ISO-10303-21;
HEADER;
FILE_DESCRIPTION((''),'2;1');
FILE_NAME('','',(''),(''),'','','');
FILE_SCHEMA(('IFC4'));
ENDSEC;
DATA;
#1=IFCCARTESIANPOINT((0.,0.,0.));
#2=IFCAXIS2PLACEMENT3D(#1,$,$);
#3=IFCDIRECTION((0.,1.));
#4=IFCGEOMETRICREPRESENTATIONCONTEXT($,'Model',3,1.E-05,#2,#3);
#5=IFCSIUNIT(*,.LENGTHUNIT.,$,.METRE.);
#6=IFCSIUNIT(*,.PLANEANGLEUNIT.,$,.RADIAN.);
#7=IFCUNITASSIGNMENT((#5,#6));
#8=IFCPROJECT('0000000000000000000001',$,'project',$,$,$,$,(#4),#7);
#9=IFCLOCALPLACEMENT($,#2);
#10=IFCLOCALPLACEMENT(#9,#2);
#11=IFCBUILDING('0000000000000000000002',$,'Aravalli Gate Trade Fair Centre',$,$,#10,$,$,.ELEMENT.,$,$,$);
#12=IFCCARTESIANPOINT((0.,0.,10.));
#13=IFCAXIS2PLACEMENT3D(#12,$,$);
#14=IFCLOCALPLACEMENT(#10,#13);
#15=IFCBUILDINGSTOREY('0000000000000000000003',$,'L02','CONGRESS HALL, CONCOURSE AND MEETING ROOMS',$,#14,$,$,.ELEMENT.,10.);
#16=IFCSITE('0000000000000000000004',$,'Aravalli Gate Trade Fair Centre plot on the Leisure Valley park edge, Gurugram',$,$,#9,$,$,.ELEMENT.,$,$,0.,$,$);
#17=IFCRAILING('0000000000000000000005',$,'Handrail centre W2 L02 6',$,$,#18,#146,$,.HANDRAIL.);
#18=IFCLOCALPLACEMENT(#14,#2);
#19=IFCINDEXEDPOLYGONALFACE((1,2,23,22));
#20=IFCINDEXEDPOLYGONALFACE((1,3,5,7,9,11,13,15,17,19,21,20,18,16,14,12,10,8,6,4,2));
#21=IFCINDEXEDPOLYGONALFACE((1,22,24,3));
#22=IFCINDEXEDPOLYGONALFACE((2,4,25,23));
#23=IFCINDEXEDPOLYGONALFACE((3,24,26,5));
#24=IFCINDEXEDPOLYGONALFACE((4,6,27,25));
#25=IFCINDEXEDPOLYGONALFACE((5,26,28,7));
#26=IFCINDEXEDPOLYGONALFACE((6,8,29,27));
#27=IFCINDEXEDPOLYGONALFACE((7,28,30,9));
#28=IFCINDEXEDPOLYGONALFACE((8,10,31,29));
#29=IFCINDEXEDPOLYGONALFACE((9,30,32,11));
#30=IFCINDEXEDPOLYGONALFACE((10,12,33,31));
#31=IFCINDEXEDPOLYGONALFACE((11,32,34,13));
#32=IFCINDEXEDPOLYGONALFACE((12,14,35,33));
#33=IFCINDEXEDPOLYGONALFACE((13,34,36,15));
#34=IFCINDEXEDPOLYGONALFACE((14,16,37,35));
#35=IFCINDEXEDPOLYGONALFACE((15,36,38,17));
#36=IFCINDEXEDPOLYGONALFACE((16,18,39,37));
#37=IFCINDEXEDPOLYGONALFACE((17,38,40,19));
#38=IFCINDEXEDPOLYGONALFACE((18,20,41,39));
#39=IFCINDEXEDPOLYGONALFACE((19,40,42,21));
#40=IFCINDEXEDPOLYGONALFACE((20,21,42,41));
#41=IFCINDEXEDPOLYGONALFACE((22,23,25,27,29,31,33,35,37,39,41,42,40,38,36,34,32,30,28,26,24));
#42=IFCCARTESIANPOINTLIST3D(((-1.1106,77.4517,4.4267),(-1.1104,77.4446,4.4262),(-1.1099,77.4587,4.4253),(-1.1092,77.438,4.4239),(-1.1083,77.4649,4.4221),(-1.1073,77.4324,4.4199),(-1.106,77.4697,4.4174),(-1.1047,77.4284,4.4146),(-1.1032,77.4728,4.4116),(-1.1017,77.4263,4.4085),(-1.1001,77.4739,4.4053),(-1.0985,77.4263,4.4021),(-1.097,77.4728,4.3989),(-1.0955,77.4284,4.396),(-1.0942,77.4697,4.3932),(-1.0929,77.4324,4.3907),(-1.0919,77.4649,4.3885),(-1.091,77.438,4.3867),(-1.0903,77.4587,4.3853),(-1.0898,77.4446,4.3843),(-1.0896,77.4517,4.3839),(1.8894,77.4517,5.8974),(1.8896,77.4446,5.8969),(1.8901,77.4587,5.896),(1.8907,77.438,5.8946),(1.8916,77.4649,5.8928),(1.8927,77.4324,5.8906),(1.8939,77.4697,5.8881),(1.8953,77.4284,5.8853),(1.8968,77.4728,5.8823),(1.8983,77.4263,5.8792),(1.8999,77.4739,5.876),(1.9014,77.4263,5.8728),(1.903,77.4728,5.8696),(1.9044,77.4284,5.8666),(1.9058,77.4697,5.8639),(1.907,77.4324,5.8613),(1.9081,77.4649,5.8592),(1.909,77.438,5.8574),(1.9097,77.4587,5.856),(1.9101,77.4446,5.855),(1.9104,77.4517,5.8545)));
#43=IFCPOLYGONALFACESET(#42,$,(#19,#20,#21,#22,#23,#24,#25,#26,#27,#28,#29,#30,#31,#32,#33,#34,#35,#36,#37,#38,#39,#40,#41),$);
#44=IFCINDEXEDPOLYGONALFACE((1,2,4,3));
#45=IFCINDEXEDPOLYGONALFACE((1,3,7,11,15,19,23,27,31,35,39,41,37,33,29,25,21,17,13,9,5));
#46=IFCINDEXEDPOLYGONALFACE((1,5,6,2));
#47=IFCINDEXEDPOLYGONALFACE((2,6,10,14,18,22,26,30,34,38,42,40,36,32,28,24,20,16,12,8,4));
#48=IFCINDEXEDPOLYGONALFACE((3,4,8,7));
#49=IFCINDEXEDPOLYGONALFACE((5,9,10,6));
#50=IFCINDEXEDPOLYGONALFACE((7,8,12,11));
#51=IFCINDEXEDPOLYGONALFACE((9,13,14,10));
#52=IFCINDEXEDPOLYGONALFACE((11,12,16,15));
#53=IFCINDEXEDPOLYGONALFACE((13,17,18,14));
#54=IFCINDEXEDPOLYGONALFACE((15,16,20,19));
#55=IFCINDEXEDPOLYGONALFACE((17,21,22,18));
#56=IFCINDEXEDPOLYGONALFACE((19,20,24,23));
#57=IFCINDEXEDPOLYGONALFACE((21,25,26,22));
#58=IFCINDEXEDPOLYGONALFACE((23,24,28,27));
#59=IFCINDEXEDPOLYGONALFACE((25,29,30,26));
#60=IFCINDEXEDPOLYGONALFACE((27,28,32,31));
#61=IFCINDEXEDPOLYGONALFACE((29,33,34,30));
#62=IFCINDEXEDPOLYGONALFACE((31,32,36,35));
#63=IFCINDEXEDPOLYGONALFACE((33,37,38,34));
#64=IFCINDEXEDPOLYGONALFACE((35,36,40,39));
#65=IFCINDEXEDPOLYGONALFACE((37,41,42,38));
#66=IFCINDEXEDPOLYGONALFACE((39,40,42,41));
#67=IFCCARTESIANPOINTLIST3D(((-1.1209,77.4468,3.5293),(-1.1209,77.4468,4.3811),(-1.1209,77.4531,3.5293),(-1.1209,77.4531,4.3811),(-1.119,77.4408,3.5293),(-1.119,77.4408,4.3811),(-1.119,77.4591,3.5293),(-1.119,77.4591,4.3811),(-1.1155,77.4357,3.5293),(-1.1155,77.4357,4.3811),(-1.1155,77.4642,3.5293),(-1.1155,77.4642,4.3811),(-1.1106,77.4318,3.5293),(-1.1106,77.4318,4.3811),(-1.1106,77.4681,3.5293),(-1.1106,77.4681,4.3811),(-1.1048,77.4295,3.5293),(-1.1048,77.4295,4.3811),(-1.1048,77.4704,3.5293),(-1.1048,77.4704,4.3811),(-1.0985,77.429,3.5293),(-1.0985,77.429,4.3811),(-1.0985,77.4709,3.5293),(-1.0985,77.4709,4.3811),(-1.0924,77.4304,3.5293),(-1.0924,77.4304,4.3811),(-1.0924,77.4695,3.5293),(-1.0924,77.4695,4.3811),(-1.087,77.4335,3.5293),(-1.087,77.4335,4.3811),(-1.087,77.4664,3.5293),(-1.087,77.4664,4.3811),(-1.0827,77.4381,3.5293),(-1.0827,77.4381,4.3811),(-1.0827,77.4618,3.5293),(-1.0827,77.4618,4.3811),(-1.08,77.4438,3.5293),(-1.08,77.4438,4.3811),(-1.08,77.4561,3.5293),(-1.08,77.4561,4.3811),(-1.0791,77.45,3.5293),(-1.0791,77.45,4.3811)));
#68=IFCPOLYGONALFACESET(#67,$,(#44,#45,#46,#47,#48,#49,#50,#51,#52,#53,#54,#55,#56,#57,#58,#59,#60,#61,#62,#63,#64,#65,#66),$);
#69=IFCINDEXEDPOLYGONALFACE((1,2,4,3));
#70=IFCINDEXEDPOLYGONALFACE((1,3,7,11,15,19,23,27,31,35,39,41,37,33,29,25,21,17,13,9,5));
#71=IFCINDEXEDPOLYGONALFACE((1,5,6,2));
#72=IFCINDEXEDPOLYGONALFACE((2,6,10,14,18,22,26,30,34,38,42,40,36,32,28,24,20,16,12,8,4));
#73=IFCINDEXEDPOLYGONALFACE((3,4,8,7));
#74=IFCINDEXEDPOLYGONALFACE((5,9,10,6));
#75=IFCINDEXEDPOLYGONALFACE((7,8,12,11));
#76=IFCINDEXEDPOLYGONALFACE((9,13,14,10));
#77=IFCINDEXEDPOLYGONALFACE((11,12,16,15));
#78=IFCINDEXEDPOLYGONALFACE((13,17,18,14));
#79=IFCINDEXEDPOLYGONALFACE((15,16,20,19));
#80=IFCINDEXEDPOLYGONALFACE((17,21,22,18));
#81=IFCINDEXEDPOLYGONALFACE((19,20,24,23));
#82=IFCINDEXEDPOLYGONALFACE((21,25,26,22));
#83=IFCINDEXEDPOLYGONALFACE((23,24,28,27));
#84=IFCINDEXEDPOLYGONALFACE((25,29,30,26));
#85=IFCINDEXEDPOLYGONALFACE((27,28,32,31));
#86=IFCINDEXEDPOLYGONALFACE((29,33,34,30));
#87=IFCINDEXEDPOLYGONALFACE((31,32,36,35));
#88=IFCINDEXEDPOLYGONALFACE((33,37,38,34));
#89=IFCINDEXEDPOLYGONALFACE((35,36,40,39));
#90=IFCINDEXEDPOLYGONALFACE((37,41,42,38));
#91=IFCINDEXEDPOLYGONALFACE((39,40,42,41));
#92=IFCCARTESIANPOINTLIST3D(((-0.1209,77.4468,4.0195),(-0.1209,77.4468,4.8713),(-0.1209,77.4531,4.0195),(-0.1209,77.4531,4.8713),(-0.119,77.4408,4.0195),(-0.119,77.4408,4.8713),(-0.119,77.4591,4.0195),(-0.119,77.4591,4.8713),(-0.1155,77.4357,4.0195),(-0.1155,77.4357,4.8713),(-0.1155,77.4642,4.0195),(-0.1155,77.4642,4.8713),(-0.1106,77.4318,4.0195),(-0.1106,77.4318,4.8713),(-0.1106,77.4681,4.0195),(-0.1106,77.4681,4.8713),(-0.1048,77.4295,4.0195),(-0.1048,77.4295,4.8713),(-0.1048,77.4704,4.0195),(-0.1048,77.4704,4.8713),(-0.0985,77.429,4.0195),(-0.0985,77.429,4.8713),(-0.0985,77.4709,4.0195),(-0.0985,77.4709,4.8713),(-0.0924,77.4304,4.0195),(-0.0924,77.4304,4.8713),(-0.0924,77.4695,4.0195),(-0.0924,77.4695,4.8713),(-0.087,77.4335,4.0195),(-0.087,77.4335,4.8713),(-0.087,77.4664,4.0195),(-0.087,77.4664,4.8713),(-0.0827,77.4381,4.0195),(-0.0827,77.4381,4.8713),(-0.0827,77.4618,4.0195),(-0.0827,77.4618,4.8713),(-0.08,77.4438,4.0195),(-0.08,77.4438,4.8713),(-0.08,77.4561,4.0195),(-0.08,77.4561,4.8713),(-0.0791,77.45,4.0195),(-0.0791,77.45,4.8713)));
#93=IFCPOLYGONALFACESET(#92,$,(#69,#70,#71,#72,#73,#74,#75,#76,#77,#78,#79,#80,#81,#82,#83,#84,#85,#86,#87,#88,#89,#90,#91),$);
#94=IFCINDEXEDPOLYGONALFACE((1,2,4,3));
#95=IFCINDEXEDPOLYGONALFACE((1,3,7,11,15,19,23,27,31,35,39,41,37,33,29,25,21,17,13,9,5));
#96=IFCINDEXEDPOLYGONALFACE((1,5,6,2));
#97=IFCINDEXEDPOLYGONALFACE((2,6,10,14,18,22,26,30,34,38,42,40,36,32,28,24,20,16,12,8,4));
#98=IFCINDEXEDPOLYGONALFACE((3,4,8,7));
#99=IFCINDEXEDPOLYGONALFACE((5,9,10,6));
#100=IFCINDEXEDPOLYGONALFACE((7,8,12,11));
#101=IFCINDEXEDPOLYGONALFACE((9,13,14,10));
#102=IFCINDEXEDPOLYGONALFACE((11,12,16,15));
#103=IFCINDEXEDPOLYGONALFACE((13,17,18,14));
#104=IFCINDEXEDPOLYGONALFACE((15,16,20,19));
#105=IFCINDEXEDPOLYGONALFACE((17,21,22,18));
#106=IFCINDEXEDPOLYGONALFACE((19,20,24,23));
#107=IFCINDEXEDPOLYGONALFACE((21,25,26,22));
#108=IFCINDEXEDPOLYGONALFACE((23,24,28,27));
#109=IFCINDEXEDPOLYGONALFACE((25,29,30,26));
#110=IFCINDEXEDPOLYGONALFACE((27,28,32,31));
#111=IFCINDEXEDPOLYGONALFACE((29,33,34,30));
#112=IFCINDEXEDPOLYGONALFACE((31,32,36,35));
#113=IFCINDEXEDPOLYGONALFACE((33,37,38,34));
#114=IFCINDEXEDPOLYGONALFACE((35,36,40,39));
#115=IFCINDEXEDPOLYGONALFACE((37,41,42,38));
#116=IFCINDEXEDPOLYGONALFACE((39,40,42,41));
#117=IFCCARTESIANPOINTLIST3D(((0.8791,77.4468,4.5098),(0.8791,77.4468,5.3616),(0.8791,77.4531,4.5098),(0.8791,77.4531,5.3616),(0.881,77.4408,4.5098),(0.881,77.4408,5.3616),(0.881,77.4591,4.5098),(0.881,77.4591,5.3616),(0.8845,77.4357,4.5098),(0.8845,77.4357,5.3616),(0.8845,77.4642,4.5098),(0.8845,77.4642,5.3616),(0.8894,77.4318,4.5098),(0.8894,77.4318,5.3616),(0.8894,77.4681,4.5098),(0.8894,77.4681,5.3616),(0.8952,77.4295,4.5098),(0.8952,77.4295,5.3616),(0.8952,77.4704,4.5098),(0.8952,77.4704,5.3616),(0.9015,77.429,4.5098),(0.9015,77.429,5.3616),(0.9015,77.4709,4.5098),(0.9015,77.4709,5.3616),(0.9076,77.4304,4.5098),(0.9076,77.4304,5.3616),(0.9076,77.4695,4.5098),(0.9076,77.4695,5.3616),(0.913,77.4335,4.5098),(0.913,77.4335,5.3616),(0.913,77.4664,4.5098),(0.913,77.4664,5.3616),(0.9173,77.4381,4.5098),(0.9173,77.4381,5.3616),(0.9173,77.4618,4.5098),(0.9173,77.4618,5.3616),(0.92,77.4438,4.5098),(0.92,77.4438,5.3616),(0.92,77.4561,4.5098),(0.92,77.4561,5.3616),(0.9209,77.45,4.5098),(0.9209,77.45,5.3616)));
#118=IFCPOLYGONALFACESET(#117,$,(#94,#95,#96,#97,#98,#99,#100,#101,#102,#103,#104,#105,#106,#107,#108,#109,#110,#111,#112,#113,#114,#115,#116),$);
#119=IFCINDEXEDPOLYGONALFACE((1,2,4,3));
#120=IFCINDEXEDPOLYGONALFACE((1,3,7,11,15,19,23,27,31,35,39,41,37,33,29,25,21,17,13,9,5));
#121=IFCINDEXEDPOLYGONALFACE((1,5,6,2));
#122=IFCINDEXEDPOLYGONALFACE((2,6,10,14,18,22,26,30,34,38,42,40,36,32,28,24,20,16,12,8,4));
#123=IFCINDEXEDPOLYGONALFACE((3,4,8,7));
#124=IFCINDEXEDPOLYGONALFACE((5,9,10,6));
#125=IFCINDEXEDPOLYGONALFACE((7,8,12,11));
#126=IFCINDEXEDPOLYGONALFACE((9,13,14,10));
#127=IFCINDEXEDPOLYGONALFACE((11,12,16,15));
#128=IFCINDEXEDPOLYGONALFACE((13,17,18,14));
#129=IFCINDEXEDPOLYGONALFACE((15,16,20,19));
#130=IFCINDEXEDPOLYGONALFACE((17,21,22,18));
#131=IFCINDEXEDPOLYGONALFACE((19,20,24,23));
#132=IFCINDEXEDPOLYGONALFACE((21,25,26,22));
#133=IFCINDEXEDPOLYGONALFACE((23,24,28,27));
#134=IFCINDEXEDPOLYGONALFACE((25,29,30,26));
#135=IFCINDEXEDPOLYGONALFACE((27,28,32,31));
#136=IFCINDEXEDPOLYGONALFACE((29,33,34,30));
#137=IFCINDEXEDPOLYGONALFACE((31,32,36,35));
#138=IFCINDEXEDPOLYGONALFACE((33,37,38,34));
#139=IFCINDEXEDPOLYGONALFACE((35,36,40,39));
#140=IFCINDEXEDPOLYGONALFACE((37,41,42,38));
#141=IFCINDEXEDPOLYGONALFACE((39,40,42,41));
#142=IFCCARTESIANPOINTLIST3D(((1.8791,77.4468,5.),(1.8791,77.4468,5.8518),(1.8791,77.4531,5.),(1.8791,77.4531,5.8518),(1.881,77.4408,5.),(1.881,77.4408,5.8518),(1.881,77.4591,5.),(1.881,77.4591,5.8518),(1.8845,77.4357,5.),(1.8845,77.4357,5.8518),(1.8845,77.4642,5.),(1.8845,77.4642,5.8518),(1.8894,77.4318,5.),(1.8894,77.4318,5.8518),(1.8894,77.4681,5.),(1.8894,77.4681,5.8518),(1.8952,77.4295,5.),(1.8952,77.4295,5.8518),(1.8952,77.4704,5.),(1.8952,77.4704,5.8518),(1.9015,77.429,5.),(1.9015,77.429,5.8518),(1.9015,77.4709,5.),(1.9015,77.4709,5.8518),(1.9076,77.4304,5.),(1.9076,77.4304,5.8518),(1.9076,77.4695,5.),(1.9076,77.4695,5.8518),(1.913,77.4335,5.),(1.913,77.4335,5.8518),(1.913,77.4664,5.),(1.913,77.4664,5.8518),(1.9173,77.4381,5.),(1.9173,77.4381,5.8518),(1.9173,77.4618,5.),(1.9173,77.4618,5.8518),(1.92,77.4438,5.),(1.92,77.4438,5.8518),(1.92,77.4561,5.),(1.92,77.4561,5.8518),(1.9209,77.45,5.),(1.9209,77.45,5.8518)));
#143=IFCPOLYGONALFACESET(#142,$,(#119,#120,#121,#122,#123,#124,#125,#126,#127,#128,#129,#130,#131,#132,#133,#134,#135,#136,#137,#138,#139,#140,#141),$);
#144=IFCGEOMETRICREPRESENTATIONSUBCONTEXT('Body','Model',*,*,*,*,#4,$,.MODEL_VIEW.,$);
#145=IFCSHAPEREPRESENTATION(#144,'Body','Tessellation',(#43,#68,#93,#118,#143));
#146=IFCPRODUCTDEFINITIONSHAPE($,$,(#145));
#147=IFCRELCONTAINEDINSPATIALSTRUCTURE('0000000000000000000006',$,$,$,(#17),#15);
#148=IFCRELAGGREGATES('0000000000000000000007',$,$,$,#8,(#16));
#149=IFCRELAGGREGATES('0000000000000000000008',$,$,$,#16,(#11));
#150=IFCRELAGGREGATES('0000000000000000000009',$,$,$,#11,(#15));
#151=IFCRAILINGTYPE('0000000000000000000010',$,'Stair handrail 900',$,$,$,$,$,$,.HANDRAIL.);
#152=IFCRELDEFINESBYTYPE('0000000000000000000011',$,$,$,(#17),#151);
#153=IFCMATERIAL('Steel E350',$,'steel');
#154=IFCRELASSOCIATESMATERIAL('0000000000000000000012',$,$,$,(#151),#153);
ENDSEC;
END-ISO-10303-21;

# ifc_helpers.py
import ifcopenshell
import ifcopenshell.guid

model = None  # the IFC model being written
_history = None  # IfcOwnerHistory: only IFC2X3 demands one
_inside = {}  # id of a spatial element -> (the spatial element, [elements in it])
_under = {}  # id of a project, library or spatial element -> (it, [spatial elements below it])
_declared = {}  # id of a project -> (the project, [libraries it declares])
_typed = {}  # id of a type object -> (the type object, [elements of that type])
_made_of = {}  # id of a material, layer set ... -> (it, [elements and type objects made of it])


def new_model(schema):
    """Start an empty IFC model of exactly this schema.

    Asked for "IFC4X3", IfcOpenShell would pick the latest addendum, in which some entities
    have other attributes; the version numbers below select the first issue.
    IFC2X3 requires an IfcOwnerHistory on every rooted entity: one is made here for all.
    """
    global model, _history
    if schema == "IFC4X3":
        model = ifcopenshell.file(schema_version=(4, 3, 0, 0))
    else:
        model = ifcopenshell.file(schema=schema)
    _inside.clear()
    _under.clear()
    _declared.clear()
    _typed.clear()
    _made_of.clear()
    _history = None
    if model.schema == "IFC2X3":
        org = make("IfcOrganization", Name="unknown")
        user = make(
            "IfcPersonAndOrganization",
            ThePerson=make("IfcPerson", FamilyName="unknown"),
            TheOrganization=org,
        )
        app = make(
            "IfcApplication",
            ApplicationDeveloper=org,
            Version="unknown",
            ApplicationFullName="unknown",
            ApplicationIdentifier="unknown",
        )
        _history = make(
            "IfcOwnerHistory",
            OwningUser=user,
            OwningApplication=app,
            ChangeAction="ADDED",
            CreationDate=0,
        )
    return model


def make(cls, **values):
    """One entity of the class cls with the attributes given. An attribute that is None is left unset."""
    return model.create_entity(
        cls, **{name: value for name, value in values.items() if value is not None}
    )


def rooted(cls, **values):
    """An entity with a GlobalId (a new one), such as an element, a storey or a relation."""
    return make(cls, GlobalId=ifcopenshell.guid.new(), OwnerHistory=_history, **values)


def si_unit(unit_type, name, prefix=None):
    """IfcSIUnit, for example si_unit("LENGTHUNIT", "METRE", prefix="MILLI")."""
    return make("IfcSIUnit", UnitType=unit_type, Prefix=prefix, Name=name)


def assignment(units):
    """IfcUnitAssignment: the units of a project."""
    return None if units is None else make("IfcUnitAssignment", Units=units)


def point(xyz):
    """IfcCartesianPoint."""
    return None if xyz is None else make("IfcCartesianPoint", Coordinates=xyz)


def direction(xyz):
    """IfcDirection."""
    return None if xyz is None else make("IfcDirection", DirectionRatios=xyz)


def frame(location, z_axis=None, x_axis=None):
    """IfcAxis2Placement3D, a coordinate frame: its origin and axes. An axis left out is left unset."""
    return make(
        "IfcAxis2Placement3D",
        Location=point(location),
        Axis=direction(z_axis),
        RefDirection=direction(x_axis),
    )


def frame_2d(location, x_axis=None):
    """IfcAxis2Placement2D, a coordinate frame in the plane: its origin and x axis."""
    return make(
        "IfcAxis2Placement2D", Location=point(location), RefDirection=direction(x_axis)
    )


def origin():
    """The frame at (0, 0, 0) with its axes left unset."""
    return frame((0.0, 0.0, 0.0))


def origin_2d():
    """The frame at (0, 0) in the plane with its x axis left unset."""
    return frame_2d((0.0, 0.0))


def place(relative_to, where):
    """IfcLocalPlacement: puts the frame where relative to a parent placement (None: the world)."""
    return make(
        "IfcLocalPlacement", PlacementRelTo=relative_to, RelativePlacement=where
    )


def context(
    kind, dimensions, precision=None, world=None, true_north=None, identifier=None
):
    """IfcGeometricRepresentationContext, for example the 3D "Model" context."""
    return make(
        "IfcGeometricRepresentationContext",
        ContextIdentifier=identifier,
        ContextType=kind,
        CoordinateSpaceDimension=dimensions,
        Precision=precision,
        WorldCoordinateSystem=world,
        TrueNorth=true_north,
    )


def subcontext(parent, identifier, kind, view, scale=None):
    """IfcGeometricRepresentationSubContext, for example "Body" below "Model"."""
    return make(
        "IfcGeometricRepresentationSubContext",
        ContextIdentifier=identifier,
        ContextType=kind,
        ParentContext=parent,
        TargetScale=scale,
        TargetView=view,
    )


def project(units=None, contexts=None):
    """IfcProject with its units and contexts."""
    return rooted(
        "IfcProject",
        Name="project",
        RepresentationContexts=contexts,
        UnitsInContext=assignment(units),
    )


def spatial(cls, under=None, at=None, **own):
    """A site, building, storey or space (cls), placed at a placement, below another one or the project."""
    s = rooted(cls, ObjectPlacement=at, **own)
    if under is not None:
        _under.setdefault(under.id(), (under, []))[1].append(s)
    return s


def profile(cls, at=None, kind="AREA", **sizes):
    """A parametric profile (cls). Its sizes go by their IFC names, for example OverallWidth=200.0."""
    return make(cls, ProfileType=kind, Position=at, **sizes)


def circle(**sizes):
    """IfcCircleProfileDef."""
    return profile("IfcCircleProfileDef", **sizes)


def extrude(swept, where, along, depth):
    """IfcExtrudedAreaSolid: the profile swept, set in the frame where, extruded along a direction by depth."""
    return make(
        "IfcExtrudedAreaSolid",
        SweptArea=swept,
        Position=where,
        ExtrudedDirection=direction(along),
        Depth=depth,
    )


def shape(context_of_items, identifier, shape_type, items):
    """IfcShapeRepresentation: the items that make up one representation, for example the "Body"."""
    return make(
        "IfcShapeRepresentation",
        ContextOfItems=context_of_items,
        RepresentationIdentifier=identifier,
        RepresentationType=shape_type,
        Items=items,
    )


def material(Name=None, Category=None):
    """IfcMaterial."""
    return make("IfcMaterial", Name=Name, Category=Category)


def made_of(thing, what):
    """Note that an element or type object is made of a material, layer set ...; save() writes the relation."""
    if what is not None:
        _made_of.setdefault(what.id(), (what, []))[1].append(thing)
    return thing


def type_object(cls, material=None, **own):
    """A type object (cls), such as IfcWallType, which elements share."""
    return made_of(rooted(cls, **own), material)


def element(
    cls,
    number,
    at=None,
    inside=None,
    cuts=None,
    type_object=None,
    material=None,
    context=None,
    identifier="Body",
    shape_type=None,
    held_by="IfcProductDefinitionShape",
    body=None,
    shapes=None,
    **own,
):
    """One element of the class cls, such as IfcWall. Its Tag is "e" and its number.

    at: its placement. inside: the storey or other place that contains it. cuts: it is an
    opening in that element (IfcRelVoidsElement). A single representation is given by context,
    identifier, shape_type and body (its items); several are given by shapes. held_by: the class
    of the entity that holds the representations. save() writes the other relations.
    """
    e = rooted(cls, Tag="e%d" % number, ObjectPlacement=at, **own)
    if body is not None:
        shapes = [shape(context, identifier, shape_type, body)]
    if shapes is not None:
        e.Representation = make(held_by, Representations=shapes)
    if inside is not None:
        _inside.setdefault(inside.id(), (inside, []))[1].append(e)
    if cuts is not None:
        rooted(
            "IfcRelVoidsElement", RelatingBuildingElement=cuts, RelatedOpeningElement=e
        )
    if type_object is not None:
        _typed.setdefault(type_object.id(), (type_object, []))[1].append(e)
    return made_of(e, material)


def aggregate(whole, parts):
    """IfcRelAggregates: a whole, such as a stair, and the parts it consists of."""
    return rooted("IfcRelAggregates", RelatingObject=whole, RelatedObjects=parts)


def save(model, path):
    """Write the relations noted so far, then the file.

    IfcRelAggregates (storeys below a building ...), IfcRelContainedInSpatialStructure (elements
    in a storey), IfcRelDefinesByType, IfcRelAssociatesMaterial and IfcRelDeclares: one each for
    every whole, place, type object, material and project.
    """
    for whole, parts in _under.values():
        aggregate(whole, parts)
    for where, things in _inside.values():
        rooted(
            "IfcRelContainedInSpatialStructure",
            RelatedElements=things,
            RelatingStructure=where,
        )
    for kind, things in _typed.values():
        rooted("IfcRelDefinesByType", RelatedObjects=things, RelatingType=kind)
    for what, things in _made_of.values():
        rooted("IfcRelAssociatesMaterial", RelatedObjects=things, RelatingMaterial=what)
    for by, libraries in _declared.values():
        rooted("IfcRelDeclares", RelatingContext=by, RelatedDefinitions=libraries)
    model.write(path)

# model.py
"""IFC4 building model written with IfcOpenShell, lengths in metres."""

from ifc_helpers import new_model, si_unit, direction, frame, origin, origin_2d, place, context, subcontext, project, spatial, circle, extrude, material, type_object, element, save


model = new_model("IFC4")

# Units and contexts
model_context = context("Model", 3, precision=1e-05, world=origin(), true_north=direction((0.0, 1.0)))
body_context = subcontext(model_context, "Body", "Model", "MODEL_VIEW")
ifc_project = project(units=[si_unit("LENGTHUNIT", "METRE"), si_unit("PLANEANGLEUNIT", "RADIAN")], contexts=[model_context])

# Site, building, storey
site_placement = place(None, origin())
site = spatial("IfcSite", under=ifc_project, at=site_placement, Name="Aravalli Gate Trade Fair Centre plot on the Leisure Valley park edge, Gurugram", CompositionType="ELEMENT", RefElevation=0.0)
building_placement = place(site_placement, origin())
building = spatial("IfcBuilding", under=site, at=building_placement, Name="Aravalli Gate Trade Fair Centre", CompositionType="ELEMENT")
storey_placement = place(building_placement, frame((0.0, 0.0, 10.0)))
storey = spatial("IfcBuildingStorey", under=building, at=storey_placement, Name="L02", Description="CONGRESS HALL, CONCOURSE AND MEETING ROOMS", CompositionType="ELEMENT", Elevation=10.0)

# Railing
ifc_material_1 = material(Name="Steel E350", Category="steel")
railing_type_1 = type_object("IfcRailingType", Name="Stair handrail 900", PredefinedType="HANDRAIL", material=ifc_material_1)
for number, where, name in (
    (1, (-1.1001, 77.45, 3.5293), "Handrail centre W2 L02 6"),
):
    element("IfcRailing", number, at=place(storey_placement, frame(where)), inside=storey, type_object=railing_type_1, Name=name, PredefinedType="HANDRAIL", context=body_context, shape_type="SweptSolid", body=[
        extrude(circle(Radius=0.0239, at=origin_2d()), frame((0.0, 0.0, 0.876), z_axis=(0.897907, 0.0, 0.440185), x_axis=(0.0, 1.0, 0.0)), (0.0, 0.0, 1.0), 3.3411),
        extrude(circle(Radius=0.021, at=origin_2d()), origin(), (0.0, 0.0, 1.0), 0.8518),
        extrude(circle(Radius=0.021, at=origin_2d()), frame((1.0, 0.0, 0.4902)), (0.0, 0.0, 1.0), 0.8518),
        extrude(circle(Radius=0.021, at=origin_2d()), frame((2.0, 0.0, 0.9805)), (0.0, 0.0, 1.0), 0.8518),
        extrude(circle(Radius=0.021, at=origin_2d()), frame((3.0, 0.0, 1.4707)), (0.0, 0.0, 1.0), 0.8518),
    ])

save(model, "model.ifc")
